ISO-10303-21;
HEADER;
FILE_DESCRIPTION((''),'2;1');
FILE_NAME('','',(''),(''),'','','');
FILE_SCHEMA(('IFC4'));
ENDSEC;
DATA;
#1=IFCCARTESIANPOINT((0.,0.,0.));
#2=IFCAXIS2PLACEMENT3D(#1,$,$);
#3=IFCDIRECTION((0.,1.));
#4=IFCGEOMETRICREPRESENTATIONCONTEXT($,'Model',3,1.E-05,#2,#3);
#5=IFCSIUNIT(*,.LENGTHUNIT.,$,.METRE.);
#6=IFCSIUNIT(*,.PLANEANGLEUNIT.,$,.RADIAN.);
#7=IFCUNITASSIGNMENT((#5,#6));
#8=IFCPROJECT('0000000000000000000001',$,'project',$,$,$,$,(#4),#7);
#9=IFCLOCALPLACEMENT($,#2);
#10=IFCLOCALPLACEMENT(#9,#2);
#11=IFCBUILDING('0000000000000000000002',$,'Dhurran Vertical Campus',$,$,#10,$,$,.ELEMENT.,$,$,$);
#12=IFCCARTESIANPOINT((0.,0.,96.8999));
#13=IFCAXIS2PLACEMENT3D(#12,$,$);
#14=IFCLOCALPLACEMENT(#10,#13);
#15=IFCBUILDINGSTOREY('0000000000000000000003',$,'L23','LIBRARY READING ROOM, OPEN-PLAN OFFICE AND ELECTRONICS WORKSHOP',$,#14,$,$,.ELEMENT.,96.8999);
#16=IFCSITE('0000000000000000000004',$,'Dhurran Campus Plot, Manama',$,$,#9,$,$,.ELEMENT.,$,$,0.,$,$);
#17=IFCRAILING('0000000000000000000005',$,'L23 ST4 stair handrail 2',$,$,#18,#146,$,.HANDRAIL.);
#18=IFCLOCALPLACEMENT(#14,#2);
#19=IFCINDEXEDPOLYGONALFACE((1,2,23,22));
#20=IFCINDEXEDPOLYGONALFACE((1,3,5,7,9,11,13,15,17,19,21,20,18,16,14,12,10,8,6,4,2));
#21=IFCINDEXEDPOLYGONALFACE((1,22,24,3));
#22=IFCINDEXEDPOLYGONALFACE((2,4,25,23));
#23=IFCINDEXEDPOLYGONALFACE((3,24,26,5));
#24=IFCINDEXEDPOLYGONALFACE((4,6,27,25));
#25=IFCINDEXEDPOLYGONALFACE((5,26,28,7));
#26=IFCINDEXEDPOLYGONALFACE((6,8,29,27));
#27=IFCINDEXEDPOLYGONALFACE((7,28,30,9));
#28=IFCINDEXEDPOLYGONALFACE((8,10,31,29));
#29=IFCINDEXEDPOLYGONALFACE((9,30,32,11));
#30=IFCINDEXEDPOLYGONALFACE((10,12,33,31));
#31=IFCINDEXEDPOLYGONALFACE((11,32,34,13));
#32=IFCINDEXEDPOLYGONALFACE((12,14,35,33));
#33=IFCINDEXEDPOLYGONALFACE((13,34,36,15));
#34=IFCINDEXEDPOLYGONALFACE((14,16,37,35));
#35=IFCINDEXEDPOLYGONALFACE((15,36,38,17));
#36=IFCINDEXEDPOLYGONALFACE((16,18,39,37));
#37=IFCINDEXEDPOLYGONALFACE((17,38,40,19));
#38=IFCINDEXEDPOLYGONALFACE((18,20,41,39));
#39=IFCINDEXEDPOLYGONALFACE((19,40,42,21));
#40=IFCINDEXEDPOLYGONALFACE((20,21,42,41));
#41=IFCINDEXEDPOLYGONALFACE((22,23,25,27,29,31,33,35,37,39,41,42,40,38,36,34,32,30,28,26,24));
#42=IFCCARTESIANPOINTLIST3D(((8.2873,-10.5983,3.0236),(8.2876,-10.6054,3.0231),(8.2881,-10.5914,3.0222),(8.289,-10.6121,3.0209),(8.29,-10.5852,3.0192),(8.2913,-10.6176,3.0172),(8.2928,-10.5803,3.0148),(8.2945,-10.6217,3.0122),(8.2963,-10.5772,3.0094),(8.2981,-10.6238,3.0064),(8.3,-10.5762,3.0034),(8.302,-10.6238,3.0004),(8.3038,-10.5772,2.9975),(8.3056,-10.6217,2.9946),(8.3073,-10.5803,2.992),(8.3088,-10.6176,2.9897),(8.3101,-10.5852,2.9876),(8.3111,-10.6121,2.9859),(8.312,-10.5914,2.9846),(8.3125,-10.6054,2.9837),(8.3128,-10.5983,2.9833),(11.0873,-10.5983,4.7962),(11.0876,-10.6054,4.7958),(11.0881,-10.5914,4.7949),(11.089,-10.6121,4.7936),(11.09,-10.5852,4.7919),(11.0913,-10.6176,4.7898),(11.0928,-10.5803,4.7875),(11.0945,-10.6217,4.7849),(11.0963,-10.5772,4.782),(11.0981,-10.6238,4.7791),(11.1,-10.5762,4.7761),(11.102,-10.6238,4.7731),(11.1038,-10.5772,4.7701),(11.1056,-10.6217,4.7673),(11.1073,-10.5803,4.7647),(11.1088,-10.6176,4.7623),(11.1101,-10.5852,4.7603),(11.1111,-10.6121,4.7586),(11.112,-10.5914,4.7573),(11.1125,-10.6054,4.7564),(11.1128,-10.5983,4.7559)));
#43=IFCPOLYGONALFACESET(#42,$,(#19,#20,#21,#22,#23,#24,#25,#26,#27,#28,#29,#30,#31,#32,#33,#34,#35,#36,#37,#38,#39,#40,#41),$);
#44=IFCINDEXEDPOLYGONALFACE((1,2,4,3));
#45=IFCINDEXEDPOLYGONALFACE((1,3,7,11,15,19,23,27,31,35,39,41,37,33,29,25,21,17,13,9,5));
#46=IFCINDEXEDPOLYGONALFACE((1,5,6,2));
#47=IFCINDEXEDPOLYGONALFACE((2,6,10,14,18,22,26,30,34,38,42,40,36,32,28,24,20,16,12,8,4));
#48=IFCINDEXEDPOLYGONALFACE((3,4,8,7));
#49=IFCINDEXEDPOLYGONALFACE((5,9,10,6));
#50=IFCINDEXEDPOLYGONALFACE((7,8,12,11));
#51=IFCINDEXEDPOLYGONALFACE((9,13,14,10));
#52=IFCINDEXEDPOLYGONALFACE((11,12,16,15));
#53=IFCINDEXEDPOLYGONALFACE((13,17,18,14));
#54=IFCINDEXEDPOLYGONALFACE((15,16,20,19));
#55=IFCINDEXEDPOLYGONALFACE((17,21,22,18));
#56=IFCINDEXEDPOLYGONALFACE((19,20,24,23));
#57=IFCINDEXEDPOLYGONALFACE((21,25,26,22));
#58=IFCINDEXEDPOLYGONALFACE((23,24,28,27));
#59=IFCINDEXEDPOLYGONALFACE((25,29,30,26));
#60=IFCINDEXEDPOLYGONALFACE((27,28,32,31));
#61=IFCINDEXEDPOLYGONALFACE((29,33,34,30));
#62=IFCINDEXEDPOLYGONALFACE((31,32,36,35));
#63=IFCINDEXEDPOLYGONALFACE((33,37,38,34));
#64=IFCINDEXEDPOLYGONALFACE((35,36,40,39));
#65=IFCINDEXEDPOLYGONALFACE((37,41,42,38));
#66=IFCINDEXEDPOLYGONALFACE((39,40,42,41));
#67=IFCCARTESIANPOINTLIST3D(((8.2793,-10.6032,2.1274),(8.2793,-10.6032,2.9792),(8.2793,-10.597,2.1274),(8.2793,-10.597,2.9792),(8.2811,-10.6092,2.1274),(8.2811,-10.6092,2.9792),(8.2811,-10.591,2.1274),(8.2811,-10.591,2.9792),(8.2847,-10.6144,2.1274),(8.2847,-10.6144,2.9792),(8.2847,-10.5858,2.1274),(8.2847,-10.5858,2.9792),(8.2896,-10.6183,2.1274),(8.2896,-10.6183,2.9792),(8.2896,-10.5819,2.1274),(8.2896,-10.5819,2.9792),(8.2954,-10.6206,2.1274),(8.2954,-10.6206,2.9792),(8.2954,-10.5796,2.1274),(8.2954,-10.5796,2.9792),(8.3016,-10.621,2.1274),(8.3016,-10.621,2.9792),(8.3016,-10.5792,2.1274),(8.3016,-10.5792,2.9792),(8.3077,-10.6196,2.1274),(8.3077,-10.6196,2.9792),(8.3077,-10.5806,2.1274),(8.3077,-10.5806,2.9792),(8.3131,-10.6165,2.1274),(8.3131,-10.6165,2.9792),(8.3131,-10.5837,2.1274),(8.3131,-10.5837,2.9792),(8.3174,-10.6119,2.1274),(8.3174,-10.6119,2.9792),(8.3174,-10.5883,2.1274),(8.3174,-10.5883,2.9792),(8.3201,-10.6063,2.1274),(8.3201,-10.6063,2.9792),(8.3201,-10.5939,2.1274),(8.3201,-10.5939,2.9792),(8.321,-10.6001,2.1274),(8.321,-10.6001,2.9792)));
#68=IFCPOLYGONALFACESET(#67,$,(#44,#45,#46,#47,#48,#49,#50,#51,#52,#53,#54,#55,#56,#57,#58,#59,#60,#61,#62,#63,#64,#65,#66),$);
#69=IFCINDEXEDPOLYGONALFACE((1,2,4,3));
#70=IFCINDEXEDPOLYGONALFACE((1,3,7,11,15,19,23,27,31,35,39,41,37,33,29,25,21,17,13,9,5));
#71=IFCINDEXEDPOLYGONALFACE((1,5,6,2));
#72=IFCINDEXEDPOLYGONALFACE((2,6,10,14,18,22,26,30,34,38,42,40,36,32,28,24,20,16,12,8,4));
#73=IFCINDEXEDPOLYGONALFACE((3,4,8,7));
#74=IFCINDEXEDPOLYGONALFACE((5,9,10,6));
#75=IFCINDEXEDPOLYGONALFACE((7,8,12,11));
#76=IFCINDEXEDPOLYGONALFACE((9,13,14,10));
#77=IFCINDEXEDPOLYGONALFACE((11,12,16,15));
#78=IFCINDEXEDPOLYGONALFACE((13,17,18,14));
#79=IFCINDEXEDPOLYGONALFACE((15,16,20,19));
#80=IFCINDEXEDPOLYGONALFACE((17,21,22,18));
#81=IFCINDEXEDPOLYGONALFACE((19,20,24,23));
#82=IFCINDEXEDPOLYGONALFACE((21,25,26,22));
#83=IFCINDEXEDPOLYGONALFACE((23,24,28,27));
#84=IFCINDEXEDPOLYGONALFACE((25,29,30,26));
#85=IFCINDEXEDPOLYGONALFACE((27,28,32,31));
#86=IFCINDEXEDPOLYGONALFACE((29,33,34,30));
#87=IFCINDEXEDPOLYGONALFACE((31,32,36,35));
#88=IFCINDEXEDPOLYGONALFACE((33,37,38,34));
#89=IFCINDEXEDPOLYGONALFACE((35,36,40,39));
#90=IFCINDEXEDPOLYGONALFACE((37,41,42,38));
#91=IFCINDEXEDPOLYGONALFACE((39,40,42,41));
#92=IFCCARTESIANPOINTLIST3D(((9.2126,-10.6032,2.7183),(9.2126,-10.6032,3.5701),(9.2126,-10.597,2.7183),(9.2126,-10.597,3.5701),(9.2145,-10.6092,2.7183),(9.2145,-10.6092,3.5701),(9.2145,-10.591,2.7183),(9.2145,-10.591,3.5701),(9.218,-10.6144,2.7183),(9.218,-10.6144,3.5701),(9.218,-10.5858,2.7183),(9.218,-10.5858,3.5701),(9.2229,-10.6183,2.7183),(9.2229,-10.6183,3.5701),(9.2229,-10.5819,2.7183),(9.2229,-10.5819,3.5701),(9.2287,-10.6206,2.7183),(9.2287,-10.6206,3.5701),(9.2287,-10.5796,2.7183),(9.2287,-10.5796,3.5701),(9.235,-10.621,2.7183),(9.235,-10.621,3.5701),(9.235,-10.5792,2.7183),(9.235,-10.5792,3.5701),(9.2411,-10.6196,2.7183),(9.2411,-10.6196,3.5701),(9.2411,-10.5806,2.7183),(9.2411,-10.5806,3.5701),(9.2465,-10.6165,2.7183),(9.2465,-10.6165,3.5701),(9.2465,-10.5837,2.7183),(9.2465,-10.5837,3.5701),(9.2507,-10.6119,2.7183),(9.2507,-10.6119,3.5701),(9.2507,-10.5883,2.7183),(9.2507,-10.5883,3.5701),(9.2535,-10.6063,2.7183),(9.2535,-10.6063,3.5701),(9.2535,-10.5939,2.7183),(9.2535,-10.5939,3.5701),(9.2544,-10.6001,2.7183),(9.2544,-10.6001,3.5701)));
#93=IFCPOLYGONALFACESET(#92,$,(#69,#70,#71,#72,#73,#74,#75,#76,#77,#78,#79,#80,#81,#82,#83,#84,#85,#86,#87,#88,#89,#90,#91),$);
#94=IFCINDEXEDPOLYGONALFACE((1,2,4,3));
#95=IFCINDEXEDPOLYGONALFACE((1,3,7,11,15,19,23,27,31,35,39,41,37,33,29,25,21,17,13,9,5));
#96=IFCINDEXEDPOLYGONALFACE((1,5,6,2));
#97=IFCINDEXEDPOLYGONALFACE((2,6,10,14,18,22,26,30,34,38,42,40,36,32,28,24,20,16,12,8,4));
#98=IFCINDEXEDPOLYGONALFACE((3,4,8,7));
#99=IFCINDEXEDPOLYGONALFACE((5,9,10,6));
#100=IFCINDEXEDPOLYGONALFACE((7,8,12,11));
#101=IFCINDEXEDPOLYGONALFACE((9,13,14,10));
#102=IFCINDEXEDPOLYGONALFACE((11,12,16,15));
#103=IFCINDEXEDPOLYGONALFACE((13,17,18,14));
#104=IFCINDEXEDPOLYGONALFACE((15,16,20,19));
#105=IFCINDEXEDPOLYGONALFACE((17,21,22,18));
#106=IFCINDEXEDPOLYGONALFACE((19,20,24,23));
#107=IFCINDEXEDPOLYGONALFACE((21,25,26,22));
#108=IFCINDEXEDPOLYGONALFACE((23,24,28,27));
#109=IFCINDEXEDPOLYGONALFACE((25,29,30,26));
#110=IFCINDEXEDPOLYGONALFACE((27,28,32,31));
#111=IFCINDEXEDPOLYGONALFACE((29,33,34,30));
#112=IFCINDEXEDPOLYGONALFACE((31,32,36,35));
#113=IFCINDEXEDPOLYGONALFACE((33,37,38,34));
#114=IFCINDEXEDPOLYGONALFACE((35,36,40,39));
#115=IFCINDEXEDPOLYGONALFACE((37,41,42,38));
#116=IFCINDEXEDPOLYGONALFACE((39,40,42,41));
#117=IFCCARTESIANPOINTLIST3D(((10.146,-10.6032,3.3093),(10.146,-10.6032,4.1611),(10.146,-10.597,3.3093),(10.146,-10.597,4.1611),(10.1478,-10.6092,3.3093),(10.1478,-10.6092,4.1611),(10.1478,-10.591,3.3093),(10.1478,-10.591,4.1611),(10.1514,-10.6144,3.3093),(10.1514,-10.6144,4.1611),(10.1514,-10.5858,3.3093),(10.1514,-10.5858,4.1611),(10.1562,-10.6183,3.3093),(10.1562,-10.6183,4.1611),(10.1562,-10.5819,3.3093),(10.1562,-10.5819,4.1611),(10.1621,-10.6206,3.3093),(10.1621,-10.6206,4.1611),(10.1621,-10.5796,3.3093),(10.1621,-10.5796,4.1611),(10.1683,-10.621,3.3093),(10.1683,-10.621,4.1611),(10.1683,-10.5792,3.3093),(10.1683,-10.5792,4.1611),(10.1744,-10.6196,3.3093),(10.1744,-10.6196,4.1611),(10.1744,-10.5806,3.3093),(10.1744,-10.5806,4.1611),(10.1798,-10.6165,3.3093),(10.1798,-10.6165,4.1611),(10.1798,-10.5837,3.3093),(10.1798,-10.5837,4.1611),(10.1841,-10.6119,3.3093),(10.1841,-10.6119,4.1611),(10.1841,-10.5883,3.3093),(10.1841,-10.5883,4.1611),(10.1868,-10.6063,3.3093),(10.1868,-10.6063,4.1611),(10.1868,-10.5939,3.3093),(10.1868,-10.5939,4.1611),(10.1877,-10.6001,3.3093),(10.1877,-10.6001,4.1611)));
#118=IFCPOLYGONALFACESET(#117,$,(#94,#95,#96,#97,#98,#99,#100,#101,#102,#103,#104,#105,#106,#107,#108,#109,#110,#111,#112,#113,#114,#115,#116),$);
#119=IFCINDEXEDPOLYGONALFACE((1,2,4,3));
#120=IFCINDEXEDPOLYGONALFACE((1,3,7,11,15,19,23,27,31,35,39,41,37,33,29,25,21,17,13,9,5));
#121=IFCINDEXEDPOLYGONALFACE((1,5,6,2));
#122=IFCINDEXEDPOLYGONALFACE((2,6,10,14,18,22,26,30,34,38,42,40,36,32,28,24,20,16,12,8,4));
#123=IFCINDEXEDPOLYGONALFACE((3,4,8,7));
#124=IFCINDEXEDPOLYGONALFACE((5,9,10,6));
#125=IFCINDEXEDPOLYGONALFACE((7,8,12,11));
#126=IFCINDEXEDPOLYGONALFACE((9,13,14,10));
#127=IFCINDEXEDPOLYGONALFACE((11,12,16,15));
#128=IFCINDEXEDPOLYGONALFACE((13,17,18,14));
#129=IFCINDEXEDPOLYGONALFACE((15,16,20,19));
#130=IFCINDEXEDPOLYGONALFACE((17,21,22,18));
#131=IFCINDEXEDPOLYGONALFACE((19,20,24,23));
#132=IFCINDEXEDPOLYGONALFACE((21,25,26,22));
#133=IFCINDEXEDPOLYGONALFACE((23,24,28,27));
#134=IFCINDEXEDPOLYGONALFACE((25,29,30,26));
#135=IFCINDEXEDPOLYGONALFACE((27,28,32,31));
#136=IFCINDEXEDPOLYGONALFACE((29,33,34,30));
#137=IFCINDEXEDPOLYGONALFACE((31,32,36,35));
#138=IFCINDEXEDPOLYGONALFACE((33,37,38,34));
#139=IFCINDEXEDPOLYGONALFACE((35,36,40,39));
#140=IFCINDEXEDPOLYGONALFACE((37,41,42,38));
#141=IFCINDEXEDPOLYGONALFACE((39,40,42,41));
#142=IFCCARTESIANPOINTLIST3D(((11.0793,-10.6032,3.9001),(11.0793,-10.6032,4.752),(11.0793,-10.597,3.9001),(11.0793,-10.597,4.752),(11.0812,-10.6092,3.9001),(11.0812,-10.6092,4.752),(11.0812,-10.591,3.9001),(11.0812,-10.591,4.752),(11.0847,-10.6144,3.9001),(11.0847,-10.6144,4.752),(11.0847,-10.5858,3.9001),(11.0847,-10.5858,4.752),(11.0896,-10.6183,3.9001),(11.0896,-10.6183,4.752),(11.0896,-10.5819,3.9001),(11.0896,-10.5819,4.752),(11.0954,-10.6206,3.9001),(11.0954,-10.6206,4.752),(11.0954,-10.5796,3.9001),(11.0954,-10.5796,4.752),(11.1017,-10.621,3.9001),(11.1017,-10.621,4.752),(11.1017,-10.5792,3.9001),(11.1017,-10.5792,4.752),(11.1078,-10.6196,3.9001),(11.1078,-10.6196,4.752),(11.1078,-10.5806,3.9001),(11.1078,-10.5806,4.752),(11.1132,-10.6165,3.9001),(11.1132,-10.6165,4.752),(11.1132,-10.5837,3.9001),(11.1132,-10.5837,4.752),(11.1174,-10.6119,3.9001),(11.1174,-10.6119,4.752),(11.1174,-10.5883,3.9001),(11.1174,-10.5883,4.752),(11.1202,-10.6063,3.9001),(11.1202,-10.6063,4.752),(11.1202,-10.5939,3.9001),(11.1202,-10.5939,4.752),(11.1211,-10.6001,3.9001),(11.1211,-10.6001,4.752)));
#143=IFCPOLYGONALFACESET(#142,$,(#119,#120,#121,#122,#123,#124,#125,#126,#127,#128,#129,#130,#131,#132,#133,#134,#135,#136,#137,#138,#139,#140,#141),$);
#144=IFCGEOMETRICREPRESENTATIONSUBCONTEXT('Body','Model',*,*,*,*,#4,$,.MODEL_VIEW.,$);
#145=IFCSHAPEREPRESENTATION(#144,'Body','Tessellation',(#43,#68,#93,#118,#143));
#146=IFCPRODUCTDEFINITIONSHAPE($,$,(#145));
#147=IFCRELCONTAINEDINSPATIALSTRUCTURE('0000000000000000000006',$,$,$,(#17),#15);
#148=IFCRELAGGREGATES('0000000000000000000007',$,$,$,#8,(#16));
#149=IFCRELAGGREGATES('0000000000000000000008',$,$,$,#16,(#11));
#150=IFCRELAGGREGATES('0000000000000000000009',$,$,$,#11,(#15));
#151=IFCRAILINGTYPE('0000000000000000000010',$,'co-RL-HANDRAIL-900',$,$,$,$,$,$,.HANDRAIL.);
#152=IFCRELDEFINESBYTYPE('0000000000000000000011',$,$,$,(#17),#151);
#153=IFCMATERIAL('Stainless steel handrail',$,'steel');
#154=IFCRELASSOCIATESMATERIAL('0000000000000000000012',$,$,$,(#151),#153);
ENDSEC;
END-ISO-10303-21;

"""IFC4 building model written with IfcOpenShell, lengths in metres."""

from ifc_helpers import new_model, si_unit, direction, frame, origin, origin_2d, place, context, subcontext, project, spatial, circle, extrude, material, type_object, element, save


model = new_model("IFC4")

# Units and contexts
model_context = context("Model", 3, precision=1e-05, world=origin(), true_north=direction((0.0, 1.0)))
body_context = subcontext(model_context, "Body", "Model", "MODEL_VIEW")
ifc_project = project(units=[si_unit("LENGTHUNIT", "METRE"), si_unit("PLANEANGLEUNIT", "RADIAN")], contexts=[model_context])

# Site, building, storey
site_placement = place(None, origin())
site = spatial("IfcSite", under=ifc_project, at=site_placement, Name="Dhurran Campus Plot, Manama", CompositionType="ELEMENT", RefElevation=0.0)
building_placement = place(site_placement, origin())
building = spatial("IfcBuilding", under=site, at=building_placement, Name="Dhurran Vertical Campus", CompositionType="ELEMENT")
storey_placement = place(building_placement, frame((0.0, 0.0, 96.8999)))
storey = spatial("IfcBuildingStorey", under=building, at=storey_placement, Name="L23", Description="LIBRARY READING ROOM, OPEN-PLAN OFFICE AND ELECTRONICS WORKSHOP", CompositionType="ELEMENT", Elevation=96.8999)

# Railing
ifc_material_1 = material(Name="Stainless steel handrail", Category="steel")
railing_type = type_object("IfcRailingType", Name="co-RL-HANDRAIL-900", PredefinedType="HANDRAIL", material=ifc_material_1)
railing_placement = place(storey_placement, frame((8.3, -10.6001, 2.1274)))
element("IfcRailing", 1, at=railing_placement, inside=storey, type_object=railing_type, Name="L23 ST4 stair handrail 2", PredefinedType="HANDRAIL", context=body_context, shape_type="SweptSolid", body=[
    extrude(circle(Radius=0.0239, at=origin_2d()), frame((0.0, 0.0, 0.876), z_axis=(0.844909, 0.0, 0.53491), x_axis=(0.0, 1.0, 0.0)), (0.0, 0.0, 1.0), 3.314),
    extrude(circle(Radius=0.021, at=origin_2d()), origin(), (0.0, 0.0, 1.0), 0.8518),
    extrude(circle(Radius=0.021, at=origin_2d()), frame((0.9333, 0.0, 0.5908)), (0.0, 0.0, 1.0), 0.8518),
    extrude(circle(Radius=0.021, at=origin_2d()), frame((1.8667, 0.0, 1.1819)), (0.0, 0.0, 1.0), 0.8518),
    extrude(circle(Radius=0.021, at=origin_2d()), frame((2.8, 0.0, 1.7727)), (0.0, 0.0, 1.0), 0.8518),
])

save(model, "model.ifc")
